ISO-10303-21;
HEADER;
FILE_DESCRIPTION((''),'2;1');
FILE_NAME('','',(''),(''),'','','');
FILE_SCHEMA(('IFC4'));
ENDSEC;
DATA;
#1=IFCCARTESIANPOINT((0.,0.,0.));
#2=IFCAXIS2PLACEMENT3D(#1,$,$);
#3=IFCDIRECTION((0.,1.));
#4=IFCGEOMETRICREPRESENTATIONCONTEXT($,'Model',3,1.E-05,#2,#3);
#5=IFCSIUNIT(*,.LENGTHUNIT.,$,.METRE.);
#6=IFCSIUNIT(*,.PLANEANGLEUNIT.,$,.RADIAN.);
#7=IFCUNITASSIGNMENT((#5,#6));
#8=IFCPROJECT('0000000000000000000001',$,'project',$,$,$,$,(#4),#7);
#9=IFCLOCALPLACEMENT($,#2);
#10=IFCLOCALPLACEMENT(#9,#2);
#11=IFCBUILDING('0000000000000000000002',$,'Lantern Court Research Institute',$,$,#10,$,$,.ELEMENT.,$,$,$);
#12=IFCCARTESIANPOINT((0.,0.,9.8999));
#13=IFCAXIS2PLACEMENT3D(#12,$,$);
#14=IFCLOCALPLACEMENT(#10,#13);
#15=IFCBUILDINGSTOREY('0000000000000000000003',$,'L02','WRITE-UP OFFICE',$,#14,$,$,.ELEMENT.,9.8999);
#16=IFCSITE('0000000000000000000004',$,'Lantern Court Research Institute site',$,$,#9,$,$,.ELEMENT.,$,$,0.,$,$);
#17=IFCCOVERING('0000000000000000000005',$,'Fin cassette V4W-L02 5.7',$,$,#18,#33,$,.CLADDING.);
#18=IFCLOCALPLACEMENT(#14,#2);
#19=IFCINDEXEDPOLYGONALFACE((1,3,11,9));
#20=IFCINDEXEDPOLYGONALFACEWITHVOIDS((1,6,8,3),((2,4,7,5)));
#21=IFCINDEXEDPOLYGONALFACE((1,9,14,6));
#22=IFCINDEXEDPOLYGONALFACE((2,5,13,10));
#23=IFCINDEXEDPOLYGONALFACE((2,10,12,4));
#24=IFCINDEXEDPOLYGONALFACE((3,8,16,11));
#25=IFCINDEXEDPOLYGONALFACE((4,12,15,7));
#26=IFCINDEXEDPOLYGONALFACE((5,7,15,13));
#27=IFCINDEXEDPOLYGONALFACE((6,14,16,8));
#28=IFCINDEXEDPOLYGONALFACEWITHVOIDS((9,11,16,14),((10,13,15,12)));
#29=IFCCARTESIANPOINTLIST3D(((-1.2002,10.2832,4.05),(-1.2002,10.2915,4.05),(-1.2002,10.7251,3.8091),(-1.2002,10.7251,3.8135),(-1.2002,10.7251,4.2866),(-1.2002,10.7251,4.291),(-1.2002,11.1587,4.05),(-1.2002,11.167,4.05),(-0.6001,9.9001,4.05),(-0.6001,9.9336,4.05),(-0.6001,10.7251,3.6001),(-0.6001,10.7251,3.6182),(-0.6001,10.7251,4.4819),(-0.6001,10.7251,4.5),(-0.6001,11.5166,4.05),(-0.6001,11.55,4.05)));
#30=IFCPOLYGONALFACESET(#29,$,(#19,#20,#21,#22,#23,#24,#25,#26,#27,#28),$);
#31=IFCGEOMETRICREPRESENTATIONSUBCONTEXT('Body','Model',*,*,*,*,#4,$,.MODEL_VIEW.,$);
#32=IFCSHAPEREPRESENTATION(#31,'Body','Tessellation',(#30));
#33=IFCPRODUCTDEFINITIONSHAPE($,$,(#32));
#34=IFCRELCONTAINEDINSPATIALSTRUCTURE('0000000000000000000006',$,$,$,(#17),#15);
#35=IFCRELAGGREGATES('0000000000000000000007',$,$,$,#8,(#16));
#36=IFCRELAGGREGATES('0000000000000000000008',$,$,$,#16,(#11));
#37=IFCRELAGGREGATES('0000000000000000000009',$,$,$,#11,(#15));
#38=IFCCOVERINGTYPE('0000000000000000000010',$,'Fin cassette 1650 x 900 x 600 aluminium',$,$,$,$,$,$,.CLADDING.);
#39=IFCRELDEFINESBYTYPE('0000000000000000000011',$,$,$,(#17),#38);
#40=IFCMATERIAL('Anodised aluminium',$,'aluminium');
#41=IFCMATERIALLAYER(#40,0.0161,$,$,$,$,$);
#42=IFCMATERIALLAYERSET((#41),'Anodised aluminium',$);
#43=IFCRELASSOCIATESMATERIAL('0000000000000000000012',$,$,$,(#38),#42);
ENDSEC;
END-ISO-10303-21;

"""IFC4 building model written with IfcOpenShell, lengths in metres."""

from ifc_helpers import new_model, entity, si_unit, direction, frame, origin, place, context, subcontext, project, spatial, material, layer, layer_set, type_object, element, save


model = new_model("IFC4")

# Units and contexts
model_context = context("Model", 3, precision=1e-05, world=origin(), true_north=direction((0.0, 1.0)))
body_context = subcontext(model_context, "Body", "Model", "MODEL_VIEW")
ifc_project = project(units=[si_unit("LENGTHUNIT", "METRE"), si_unit("PLANEANGLEUNIT", "RADIAN")], contexts=[model_context])

# Site, building, storey
site_placement = place(None, origin())
site = spatial("IfcSite", under=ifc_project, at=site_placement, Name="Lantern Court Research Institute site", CompositionType="ELEMENT", RefElevation=0.0)
building_placement = place(site_placement, origin())
building = spatial("IfcBuilding", under=site, at=building_placement, Name="Lantern Court Research Institute", CompositionType="ELEMENT")
storey_placement = place(building_placement, frame((0.0, 0.0, 9.8999)))
storey = spatial("IfcBuildingStorey", under=building, at=storey_placement, Name="L02", Description="WRITE-UP OFFICE", CompositionType="ELEMENT", Elevation=9.8999)

# Covering
ifc_material_1 = material(Name="Anodised aluminium", Category="aluminium")
ifc_layer_1 = layer(ifc_material_1, 0.0161)
ifc_layer_set_1 = layer_set([ifc_layer_1], Name="Anodised aluminium")
covering_type = type_object("IfcCoveringType", Name="Fin cassette 1650 x 900 x 600 aluminium", PredefinedType="CLADDING", material=ifc_layer_set_1)
covering_1_placement = place(storey_placement, frame((-0.6001, 10.7251, 4.05), z_axis=(-1.0, 0.0, 0.0), x_axis=(0.0, -1.0, 0.0)))
cartesian_point_1 = entity("IfcCartesianPoint", [0.825, 0.0])
cartesian_point_2 = entity("IfcCartesianPoint", [0.7915, 0.0])
cartesian_point_3 = entity("IfcCartesianPoint", [0.4419, 0.0])
cartesian_point_4 = entity("IfcCartesianPoint", [0.4336, 0.0])
element("IfcCovering", 1, at=covering_1_placement, inside=storey, type_object=covering_type, Name="Fin cassette V4W-L02 5.7", PredefinedType="CLADDING", context=body_context, shape_type="SweptSolid", body=[
    entity("IfcExtrudedAreaSolidTapered", entity("IfcArbitraryProfileDefWithVoids", "AREA", None, entity("IfcPolyline", [cartesian_point_1, entity("IfcCartesianPoint", [0.0, 0.45]), entity("IfcCartesianPoint", [-0.825, 0.0]), entity("IfcCartesianPoint", [0.0, -0.45]), cartesian_point_1]), [entity("IfcPolyline", [cartesian_point_2, entity("IfcCartesianPoint", [0.0, 0.4319]), entity("IfcCartesianPoint", [-0.7915, 0.0]), entity("IfcCartesianPoint", [0.0, -0.4319]), cartesian_point_2])]), entity("IfcAxis2Placement3D", entity("IfcCartesianPoint", [0.0, 0.0, 0.0])), entity("IfcDirection", [0.0, 0.0, 1.0]), 0.6001, entity("IfcArbitraryProfileDefWithVoids", "AREA", None, entity("IfcPolyline", [cartesian_point_3, entity("IfcCartesianPoint", [0.0, 0.241]), entity("IfcCartesianPoint", [-0.4419, 0.0]), entity("IfcCartesianPoint", [0.0, -0.241]), cartesian_point_3]), [entity("IfcPolyline", [cartesian_point_4, entity("IfcCartesianPoint", [0.0, 0.2366]), entity("IfcCartesianPoint", [-0.4336, 0.0]), entity("IfcCartesianPoint", [0.0, -0.2366]), cartesian_point_4])])),
])

save(model, "model.ifc")
